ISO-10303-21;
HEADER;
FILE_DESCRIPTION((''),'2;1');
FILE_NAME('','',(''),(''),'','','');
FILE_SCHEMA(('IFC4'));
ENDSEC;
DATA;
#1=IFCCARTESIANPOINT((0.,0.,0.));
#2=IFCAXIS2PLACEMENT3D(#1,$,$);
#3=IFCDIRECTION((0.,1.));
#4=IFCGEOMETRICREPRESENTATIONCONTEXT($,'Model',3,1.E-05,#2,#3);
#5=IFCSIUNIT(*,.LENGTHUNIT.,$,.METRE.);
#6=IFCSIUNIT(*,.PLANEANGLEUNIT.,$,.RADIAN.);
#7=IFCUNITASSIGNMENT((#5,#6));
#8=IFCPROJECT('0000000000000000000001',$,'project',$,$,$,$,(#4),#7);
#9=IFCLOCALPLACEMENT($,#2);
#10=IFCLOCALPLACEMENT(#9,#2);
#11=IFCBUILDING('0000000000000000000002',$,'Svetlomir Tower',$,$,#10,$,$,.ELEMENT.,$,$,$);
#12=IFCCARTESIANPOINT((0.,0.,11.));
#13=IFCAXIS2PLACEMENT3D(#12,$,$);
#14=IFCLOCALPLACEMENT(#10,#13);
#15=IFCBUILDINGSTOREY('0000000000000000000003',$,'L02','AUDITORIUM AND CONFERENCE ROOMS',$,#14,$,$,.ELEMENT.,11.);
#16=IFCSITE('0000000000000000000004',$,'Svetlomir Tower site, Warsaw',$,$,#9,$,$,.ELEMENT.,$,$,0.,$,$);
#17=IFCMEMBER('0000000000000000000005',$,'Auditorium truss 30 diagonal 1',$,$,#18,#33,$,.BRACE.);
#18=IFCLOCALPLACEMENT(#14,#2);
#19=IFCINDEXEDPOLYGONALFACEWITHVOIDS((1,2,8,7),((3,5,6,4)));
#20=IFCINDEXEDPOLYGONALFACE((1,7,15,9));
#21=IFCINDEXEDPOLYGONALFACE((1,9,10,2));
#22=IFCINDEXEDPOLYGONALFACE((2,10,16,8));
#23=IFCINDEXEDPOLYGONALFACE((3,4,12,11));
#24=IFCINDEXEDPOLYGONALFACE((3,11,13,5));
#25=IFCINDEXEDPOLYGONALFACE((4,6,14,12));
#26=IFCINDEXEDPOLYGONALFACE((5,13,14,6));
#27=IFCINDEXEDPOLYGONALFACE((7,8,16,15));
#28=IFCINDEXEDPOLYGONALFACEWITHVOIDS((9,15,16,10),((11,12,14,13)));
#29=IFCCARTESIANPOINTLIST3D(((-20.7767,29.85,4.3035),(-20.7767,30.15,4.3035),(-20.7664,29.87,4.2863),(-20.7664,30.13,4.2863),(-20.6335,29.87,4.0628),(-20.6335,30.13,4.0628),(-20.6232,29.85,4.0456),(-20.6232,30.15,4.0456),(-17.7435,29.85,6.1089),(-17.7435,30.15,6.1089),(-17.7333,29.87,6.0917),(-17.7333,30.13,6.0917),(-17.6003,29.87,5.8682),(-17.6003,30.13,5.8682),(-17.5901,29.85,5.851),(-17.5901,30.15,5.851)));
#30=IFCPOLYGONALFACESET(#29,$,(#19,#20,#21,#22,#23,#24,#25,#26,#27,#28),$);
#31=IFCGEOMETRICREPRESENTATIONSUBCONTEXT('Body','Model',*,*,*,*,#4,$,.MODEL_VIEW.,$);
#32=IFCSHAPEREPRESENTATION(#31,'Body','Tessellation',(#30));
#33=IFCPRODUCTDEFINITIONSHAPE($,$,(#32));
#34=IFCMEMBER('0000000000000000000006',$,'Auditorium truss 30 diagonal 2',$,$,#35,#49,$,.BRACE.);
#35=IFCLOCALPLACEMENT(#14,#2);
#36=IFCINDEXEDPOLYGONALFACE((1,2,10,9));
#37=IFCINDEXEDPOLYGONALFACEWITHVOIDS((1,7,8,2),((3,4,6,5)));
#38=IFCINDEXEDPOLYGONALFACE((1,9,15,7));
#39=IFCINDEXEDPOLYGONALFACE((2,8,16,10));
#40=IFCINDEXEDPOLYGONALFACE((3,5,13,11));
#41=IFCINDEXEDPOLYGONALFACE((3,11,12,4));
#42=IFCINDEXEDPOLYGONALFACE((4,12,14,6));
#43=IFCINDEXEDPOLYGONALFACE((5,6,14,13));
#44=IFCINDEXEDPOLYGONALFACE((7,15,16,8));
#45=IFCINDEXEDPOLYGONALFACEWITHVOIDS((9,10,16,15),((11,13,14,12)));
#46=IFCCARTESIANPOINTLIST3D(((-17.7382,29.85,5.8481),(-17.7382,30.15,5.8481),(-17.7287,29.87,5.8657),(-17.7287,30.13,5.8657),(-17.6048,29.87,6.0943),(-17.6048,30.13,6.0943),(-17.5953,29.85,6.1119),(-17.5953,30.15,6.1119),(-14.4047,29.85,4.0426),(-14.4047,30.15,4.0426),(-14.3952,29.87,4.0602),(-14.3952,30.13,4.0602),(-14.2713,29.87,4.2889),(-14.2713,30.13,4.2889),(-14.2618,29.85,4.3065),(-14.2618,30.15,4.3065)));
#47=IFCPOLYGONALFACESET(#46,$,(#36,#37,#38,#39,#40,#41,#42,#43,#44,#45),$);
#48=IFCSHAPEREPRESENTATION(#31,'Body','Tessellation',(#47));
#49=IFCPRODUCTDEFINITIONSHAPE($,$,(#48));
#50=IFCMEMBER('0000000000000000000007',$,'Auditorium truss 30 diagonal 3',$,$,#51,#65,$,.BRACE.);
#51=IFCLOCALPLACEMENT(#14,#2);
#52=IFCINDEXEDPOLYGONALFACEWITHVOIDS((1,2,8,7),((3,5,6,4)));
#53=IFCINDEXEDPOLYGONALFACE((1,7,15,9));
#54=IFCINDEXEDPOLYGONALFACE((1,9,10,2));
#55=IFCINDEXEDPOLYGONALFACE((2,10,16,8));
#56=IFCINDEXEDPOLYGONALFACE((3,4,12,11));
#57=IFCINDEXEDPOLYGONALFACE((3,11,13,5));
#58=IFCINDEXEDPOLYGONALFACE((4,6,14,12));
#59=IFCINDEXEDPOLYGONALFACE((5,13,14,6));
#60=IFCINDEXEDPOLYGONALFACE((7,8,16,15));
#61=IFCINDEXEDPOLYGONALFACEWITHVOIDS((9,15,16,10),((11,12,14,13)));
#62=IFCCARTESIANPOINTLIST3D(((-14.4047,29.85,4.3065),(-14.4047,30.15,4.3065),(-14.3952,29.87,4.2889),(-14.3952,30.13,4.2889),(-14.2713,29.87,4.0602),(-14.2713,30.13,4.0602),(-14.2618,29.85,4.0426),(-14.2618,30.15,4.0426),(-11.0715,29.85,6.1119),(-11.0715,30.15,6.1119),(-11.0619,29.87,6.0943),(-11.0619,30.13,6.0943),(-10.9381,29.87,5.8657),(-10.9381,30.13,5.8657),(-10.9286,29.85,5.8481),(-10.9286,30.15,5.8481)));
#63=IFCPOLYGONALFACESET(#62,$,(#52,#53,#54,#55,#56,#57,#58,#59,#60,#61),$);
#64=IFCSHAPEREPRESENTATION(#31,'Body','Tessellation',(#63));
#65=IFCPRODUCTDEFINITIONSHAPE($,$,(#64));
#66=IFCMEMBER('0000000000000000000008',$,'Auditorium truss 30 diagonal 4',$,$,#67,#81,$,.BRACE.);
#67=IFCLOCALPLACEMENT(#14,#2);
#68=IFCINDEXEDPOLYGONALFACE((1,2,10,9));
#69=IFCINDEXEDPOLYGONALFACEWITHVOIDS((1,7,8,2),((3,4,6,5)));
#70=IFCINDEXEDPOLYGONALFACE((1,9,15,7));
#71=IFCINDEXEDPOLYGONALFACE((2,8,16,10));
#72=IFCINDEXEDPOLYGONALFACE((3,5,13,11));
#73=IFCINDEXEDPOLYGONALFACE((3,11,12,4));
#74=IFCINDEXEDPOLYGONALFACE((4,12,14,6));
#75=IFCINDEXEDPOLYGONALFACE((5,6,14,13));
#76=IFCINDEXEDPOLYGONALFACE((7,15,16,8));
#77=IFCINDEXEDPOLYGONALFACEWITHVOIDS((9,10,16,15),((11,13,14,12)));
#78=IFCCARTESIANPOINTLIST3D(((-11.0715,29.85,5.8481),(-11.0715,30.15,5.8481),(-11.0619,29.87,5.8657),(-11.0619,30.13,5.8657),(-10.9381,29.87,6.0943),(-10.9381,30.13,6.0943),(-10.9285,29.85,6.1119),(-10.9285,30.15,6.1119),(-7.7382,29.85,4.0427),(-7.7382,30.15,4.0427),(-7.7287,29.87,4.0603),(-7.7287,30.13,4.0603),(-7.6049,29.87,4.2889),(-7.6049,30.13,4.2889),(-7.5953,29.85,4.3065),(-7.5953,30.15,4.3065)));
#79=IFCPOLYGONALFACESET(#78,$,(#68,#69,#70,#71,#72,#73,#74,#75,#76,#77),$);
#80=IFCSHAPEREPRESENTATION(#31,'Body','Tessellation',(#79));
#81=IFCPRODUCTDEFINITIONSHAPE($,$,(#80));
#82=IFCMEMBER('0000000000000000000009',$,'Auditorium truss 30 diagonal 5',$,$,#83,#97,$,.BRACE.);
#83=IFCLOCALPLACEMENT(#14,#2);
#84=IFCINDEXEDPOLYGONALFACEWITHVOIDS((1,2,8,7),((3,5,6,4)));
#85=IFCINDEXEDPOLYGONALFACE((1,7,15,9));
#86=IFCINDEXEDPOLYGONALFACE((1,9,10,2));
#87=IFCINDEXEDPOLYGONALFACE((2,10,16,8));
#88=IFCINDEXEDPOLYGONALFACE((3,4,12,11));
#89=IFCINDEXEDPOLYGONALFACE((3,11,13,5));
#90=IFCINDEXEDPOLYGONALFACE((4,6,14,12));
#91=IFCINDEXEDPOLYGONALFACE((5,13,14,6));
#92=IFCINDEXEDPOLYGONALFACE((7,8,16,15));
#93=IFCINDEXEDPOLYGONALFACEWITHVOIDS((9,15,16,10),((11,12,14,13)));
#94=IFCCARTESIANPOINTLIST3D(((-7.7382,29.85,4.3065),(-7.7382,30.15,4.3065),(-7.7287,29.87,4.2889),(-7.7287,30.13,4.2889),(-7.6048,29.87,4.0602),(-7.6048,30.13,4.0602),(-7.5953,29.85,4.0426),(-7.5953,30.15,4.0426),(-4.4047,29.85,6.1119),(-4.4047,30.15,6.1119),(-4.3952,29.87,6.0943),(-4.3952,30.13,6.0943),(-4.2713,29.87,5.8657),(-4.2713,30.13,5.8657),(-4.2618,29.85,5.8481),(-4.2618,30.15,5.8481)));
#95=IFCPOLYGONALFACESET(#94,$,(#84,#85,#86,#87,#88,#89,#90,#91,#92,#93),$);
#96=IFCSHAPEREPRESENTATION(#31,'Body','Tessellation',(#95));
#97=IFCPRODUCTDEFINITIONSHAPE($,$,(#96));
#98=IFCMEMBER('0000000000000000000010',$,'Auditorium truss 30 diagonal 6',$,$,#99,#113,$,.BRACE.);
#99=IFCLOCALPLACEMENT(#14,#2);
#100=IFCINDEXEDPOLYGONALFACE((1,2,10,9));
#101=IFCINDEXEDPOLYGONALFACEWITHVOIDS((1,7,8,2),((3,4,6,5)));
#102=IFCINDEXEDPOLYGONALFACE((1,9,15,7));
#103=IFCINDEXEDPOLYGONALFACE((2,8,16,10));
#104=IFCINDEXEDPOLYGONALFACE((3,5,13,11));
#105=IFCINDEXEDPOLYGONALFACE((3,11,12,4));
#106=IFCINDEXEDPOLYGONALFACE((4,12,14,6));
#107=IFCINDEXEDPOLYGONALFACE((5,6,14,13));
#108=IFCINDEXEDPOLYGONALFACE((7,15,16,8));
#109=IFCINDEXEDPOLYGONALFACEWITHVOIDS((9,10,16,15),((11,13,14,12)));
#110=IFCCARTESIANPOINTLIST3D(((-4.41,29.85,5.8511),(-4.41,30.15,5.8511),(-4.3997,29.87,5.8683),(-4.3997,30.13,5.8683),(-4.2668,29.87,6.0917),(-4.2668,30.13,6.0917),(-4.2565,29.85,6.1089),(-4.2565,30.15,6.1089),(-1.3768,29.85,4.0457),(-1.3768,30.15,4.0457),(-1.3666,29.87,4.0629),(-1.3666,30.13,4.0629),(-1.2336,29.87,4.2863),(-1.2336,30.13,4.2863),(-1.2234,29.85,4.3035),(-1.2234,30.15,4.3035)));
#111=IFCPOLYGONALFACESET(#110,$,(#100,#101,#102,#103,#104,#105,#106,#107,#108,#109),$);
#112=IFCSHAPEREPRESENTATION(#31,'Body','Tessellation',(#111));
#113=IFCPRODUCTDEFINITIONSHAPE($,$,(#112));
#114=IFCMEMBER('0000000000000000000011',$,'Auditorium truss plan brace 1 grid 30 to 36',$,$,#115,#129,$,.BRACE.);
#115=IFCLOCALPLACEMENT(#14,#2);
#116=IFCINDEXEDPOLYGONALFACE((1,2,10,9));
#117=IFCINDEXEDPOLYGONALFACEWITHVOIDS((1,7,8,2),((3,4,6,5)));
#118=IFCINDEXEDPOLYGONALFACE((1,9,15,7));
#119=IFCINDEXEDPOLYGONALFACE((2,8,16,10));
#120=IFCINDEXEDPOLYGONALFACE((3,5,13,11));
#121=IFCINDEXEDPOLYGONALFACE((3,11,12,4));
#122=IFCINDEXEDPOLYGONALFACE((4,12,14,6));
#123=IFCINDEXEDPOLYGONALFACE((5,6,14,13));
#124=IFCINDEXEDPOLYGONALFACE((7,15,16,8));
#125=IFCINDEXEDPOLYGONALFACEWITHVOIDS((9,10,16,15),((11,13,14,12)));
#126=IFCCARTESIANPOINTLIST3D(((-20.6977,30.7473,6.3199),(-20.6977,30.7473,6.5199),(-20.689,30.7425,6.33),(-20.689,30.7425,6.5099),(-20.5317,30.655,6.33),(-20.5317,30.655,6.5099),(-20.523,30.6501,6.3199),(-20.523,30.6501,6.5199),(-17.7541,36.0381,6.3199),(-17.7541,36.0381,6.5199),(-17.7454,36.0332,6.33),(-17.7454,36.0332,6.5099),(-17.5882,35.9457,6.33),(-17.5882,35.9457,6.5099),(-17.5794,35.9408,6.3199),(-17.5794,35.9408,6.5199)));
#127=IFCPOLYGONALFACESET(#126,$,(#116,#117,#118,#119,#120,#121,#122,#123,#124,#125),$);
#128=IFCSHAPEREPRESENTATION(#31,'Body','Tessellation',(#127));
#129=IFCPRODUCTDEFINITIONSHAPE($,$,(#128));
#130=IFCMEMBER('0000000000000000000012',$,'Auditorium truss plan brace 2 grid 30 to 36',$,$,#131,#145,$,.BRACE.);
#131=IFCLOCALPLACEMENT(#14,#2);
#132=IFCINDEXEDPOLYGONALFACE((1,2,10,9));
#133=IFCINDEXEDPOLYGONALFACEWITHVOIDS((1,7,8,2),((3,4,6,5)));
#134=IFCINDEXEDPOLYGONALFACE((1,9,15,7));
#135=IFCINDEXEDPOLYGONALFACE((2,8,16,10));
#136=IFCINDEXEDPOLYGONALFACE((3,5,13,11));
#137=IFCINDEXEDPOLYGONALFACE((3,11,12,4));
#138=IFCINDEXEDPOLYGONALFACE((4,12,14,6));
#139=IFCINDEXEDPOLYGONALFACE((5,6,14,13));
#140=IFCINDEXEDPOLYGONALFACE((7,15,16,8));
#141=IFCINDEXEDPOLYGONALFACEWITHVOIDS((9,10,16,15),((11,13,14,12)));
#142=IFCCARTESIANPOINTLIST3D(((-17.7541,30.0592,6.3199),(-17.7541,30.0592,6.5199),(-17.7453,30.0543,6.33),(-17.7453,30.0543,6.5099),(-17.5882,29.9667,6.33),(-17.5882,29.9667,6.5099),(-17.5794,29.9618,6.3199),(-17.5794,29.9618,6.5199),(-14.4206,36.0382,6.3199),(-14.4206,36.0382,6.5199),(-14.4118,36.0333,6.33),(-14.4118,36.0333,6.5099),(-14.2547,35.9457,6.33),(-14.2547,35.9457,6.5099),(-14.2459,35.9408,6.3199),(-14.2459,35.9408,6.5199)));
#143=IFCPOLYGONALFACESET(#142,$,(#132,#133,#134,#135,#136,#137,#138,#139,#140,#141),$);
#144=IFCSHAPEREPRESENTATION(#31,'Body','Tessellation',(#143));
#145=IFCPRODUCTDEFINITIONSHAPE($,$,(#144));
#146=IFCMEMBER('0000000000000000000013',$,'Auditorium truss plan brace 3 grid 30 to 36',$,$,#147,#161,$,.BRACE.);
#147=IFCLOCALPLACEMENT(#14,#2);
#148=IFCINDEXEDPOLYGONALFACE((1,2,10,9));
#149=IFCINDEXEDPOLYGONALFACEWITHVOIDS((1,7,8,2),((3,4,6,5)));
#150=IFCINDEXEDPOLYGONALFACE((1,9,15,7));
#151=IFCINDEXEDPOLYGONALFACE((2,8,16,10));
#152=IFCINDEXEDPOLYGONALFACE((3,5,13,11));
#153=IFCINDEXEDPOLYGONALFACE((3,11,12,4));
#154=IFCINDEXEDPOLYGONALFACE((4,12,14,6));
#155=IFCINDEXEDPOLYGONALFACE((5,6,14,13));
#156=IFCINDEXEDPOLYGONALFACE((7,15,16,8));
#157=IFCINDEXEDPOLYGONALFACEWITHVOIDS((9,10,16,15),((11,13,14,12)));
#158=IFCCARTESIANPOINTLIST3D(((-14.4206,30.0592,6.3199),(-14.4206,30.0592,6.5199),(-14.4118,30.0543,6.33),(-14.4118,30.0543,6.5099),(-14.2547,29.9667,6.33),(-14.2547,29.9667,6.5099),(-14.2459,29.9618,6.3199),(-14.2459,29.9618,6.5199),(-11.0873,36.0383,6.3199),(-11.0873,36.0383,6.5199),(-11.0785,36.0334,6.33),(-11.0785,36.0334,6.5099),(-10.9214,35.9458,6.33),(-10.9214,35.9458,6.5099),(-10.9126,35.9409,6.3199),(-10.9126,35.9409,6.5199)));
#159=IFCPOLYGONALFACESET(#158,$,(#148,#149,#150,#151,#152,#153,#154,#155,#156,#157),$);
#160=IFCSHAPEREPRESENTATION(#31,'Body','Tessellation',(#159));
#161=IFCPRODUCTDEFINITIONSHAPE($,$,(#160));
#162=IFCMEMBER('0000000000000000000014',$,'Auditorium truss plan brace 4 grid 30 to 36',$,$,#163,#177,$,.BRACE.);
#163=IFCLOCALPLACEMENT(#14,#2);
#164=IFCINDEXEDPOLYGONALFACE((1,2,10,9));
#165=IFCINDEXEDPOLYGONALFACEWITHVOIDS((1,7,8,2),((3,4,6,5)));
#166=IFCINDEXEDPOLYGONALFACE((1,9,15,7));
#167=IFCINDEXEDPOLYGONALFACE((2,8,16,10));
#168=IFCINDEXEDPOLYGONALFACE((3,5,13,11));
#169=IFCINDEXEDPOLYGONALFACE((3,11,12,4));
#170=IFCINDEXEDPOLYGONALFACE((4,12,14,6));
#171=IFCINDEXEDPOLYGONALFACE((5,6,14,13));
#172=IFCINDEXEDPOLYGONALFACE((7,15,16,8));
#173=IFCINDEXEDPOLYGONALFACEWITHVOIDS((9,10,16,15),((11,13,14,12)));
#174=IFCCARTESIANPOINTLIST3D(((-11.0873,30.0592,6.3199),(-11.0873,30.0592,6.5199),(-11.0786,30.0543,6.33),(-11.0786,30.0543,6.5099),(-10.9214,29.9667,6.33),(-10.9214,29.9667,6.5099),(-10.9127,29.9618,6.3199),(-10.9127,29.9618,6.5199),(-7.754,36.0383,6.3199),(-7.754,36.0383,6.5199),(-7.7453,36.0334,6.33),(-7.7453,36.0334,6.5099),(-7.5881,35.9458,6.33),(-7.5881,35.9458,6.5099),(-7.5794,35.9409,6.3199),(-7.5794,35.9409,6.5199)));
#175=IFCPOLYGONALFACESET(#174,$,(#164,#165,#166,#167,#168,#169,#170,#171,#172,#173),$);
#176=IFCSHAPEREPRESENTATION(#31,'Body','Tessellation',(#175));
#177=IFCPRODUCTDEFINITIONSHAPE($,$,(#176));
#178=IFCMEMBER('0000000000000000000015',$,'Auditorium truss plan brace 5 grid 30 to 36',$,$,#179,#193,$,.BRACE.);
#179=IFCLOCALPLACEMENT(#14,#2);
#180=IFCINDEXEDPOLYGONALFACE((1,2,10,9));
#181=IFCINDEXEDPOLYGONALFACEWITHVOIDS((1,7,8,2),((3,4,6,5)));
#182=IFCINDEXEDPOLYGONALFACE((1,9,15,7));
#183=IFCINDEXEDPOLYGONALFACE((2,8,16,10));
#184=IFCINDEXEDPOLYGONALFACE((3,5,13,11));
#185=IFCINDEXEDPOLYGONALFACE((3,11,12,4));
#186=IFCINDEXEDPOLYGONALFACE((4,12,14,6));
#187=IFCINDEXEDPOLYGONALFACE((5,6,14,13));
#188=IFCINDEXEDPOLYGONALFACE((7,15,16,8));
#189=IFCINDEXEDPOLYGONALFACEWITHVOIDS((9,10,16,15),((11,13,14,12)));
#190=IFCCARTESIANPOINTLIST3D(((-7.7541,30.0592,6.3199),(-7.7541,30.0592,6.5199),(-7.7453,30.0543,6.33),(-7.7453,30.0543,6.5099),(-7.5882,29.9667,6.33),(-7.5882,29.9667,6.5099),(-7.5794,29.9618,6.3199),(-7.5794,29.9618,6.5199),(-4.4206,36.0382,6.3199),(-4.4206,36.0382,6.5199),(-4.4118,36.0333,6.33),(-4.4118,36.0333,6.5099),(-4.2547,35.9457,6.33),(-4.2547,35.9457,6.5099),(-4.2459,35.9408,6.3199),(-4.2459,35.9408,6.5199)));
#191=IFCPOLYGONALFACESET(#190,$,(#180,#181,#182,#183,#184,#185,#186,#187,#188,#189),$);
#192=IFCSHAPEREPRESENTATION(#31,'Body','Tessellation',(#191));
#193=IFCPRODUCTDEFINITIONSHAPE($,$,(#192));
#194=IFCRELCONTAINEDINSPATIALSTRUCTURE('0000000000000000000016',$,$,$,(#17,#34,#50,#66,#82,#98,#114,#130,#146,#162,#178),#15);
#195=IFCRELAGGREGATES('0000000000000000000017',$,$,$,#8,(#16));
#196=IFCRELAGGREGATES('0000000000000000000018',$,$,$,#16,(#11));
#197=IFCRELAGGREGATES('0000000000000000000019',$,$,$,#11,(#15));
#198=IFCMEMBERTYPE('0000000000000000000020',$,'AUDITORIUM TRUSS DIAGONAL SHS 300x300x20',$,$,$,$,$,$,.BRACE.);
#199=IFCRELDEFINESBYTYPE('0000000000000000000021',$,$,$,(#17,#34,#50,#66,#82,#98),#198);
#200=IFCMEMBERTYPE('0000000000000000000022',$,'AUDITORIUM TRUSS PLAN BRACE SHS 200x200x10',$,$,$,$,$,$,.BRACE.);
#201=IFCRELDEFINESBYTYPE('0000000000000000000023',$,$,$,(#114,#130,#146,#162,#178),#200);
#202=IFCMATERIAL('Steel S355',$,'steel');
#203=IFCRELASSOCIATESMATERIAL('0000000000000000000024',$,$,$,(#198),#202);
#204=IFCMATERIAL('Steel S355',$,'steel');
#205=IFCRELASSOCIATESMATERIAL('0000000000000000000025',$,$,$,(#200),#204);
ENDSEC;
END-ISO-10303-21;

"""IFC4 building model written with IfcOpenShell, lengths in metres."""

from ifc_helpers import new_model, si_unit, direction, frame, origin, origin_2d, place, context, subcontext, project, spatial, hollow_rectangle, extrude, material, material_profile, profile_set, type_object, element, save


model = new_model("IFC4")

# Units and contexts
model_context = context("Model", 3, precision=1e-05, world=origin(), true_north=direction((0.0, 1.0)))
body_context = subcontext(model_context, "Body", "Model", "MODEL_VIEW")
ifc_project = project(units=[si_unit("LENGTHUNIT", "METRE"), si_unit("PLANEANGLEUNIT", "RADIAN")], contexts=[model_context])

# Site, building, storey
site_placement = place(None, origin())
site = spatial("IfcSite", under=ifc_project, at=site_placement, Name="Svetlomir Tower site, Warsaw", CompositionType="ELEMENT", RefElevation=0.0)
building_placement = place(site_placement, origin())
building = spatial("IfcBuilding", under=site, at=building_placement, Name="Svetlomir Tower", CompositionType="ELEMENT")
storey_placement = place(building_placement, frame((0.0, 0.0, 11.0)))
storey = spatial("IfcBuildingStorey", under=building, at=storey_placement, Name="L02", Description="AUDITORIUM AND CONFERENCE ROOMS", CompositionType="ELEMENT", Elevation=11.0)

# Members
ifc_material_1 = material(Name="Steel S355", Category="steel")
ifc_material_profile_1 = material_profile(ifc_material_1, hollow_rectangle(XDim=0.3, YDim=0.3, WallThickness=0.02, at=origin_2d()), Name="SHS 300x300x20")
ifc_profile_set_1 = profile_set([ifc_material_profile_1], Name="Steel S355")
member_type_1 = type_object("IfcMemberType", Name="AUDITORIUM TRUSS DIAGONAL SHS 300x300x20", PredefinedType="BRACE", material=ifc_profile_set_1)
member_1_placement = place(storey_placement, frame((-20.7, 30.0, 4.1746), z_axis=(0.8593, 0.0, 0.511472), x_axis=(0.0, 1.0, 0.0)))
element("IfcMember", 1, at=member_1_placement, inside=storey, type_object=member_type_1, Name="Auditorium truss 30 diagonal 1", PredefinedType="BRACE", context=body_context, shape_type="SweptSolid", body=[
    extrude(hollow_rectangle(XDim=0.3, YDim=0.3, WallThickness=0.02, at=origin_2d()), origin(), (0.0, 0.0, 1.0), 3.5298),
])
member_2_placement = place(storey_placement, frame((-17.6667, 30.0, 5.98), z_axis=(0.879317, 0.0, -0.476238), x_axis=(0.0, 1.0, 0.0)))
element("IfcMember", 2, at=member_2_placement, inside=storey, type_object=member_type_1, Name="Auditorium truss 30 diagonal 2", PredefinedType="BRACE", context=body_context, shape_type="SweptSolid", body=[
    extrude(hollow_rectangle(XDim=0.3, YDim=0.3, WallThickness=0.02, at=origin_2d()), origin(), (0.0, 0.0, 1.0), 3.791),
])
for number, where, z_axis, x_axis, name in (
    (3, (-14.3333, 30.0, 4.1746), (0.879302, 0.0, 0.476264), (0.0, 1.0, 0.0), "Auditorium truss 30 diagonal 3"),
    (4, (-11.0, 30.0, 5.98), (0.879302, 0.0, -0.476264), (0.0, 1.0, 0.0), "Auditorium truss 30 diagonal 4"),
):
    element("IfcMember", number, at=place(storey_placement, frame(where, z_axis=z_axis, x_axis=x_axis)), inside=storey, type_object=member_type_1, Name=name, PredefinedType="BRACE", context=body_context, shape_type="SweptSolid", body=[
        extrude(hollow_rectangle(XDim=0.3, YDim=0.3, WallThickness=0.02, at=origin_2d()), origin(), (0.0, 0.0, 1.0), 3.7908),
    ])
member_3_placement = place(storey_placement, frame((-7.6667, 30.0, 4.1746), z_axis=(0.879317, 0.0, 0.476238), x_axis=(0.0, 1.0, 0.0)))
element("IfcMember", 5, at=member_3_placement, inside=storey, type_object=member_type_1, Name="Auditorium truss 30 diagonal 5", PredefinedType="BRACE", context=body_context, shape_type="SweptSolid", body=[
    extrude(hollow_rectangle(XDim=0.3, YDim=0.3, WallThickness=0.02, at=origin_2d()), origin(), (0.0, 0.0, 1.0), 3.791),
])
member_4_placement = place(storey_placement, frame((-4.3333, 30.0, 5.98), z_axis=(0.8593, 0.0, -0.511472), x_axis=(0.0, 1.0, 0.0)))
element("IfcMember", 6, at=member_4_placement, inside=storey, type_object=member_type_1, Name="Auditorium truss 30 diagonal 6", PredefinedType="BRACE", context=body_context, shape_type="SweptSolid", body=[
    extrude(hollow_rectangle(XDim=0.3, YDim=0.3, WallThickness=0.02, at=origin_2d()), origin(), (0.0, 0.0, 1.0), 3.5298),
])
ifc_material_2 = material(Name="Steel S355", Category="steel")
ifc_material_profile_2 = material_profile(ifc_material_2, hollow_rectangle(XDim=0.2, YDim=0.2, WallThickness=0.01, at=origin_2d()), Name="SHS 200x200x10")
ifc_profile_set_2 = profile_set([ifc_material_profile_2], Name="Steel S355")
member_type_2 = type_object("IfcMemberType", Name="AUDITORIUM TRUSS PLAN BRACE SHS 200x200x10", PredefinedType="BRACE", material=ifc_profile_set_2)
member_5_placement = place(storey_placement, frame((-20.6104, 30.6987, 6.4199), z_axis=(0.486184, 0.873857, 0.0), x_axis=(-0.873857, 0.486184, 0.0)))
element("IfcMember", 7, at=member_5_placement, inside=storey, type_object=member_type_2, Name="Auditorium truss plan brace 1 grid 30 to 36", PredefinedType="BRACE", context=body_context, shape_type="SweptSolid", body=[
    extrude(hollow_rectangle(XDim=0.2, YDim=0.2, WallThickness=0.01, at=origin_2d()), origin(), (0.0, 0.0, 1.0), 6.0544),
])
for number, where, z_axis, x_axis, name in (
    (8, (-17.6667, 30.0105, 6.4199), (0.486963, 0.873423, 0.0), (-0.873423, 0.486963, 0.0), "Auditorium truss plan brace 2 grid 30 to 36"),
    (9, (-14.3333, 30.0105, 6.4199), (0.486935, 0.873438, 0.0), (-0.873438, 0.486935, 0.0), "Auditorium truss plan brace 3 grid 30 to 36"),
    (10, (-11.0, 30.0105, 6.4199), (0.486935, 0.873438, 0.0), (-0.873438, 0.486935, 0.0), "Auditorium truss plan brace 4 grid 30 to 36"),
    (11, (-7.6667, 30.0105, 6.4199), (0.486963, 0.873423, 0.0), (-0.873423, 0.486963, 0.0), "Auditorium truss plan brace 5 grid 30 to 36"),
):
    element("IfcMember", number, at=place(storey_placement, frame(where, z_axis=z_axis, x_axis=x_axis)), inside=storey, type_object=member_type_2, Name=name, PredefinedType="BRACE", context=body_context, shape_type="SweptSolid", body=[
        extrude(hollow_rectangle(XDim=0.2, YDim=0.2, WallThickness=0.01, at=origin_2d()), origin(), (0.0, 0.0, 1.0), 6.8455),
    ])

save(model, "model.ifc")
